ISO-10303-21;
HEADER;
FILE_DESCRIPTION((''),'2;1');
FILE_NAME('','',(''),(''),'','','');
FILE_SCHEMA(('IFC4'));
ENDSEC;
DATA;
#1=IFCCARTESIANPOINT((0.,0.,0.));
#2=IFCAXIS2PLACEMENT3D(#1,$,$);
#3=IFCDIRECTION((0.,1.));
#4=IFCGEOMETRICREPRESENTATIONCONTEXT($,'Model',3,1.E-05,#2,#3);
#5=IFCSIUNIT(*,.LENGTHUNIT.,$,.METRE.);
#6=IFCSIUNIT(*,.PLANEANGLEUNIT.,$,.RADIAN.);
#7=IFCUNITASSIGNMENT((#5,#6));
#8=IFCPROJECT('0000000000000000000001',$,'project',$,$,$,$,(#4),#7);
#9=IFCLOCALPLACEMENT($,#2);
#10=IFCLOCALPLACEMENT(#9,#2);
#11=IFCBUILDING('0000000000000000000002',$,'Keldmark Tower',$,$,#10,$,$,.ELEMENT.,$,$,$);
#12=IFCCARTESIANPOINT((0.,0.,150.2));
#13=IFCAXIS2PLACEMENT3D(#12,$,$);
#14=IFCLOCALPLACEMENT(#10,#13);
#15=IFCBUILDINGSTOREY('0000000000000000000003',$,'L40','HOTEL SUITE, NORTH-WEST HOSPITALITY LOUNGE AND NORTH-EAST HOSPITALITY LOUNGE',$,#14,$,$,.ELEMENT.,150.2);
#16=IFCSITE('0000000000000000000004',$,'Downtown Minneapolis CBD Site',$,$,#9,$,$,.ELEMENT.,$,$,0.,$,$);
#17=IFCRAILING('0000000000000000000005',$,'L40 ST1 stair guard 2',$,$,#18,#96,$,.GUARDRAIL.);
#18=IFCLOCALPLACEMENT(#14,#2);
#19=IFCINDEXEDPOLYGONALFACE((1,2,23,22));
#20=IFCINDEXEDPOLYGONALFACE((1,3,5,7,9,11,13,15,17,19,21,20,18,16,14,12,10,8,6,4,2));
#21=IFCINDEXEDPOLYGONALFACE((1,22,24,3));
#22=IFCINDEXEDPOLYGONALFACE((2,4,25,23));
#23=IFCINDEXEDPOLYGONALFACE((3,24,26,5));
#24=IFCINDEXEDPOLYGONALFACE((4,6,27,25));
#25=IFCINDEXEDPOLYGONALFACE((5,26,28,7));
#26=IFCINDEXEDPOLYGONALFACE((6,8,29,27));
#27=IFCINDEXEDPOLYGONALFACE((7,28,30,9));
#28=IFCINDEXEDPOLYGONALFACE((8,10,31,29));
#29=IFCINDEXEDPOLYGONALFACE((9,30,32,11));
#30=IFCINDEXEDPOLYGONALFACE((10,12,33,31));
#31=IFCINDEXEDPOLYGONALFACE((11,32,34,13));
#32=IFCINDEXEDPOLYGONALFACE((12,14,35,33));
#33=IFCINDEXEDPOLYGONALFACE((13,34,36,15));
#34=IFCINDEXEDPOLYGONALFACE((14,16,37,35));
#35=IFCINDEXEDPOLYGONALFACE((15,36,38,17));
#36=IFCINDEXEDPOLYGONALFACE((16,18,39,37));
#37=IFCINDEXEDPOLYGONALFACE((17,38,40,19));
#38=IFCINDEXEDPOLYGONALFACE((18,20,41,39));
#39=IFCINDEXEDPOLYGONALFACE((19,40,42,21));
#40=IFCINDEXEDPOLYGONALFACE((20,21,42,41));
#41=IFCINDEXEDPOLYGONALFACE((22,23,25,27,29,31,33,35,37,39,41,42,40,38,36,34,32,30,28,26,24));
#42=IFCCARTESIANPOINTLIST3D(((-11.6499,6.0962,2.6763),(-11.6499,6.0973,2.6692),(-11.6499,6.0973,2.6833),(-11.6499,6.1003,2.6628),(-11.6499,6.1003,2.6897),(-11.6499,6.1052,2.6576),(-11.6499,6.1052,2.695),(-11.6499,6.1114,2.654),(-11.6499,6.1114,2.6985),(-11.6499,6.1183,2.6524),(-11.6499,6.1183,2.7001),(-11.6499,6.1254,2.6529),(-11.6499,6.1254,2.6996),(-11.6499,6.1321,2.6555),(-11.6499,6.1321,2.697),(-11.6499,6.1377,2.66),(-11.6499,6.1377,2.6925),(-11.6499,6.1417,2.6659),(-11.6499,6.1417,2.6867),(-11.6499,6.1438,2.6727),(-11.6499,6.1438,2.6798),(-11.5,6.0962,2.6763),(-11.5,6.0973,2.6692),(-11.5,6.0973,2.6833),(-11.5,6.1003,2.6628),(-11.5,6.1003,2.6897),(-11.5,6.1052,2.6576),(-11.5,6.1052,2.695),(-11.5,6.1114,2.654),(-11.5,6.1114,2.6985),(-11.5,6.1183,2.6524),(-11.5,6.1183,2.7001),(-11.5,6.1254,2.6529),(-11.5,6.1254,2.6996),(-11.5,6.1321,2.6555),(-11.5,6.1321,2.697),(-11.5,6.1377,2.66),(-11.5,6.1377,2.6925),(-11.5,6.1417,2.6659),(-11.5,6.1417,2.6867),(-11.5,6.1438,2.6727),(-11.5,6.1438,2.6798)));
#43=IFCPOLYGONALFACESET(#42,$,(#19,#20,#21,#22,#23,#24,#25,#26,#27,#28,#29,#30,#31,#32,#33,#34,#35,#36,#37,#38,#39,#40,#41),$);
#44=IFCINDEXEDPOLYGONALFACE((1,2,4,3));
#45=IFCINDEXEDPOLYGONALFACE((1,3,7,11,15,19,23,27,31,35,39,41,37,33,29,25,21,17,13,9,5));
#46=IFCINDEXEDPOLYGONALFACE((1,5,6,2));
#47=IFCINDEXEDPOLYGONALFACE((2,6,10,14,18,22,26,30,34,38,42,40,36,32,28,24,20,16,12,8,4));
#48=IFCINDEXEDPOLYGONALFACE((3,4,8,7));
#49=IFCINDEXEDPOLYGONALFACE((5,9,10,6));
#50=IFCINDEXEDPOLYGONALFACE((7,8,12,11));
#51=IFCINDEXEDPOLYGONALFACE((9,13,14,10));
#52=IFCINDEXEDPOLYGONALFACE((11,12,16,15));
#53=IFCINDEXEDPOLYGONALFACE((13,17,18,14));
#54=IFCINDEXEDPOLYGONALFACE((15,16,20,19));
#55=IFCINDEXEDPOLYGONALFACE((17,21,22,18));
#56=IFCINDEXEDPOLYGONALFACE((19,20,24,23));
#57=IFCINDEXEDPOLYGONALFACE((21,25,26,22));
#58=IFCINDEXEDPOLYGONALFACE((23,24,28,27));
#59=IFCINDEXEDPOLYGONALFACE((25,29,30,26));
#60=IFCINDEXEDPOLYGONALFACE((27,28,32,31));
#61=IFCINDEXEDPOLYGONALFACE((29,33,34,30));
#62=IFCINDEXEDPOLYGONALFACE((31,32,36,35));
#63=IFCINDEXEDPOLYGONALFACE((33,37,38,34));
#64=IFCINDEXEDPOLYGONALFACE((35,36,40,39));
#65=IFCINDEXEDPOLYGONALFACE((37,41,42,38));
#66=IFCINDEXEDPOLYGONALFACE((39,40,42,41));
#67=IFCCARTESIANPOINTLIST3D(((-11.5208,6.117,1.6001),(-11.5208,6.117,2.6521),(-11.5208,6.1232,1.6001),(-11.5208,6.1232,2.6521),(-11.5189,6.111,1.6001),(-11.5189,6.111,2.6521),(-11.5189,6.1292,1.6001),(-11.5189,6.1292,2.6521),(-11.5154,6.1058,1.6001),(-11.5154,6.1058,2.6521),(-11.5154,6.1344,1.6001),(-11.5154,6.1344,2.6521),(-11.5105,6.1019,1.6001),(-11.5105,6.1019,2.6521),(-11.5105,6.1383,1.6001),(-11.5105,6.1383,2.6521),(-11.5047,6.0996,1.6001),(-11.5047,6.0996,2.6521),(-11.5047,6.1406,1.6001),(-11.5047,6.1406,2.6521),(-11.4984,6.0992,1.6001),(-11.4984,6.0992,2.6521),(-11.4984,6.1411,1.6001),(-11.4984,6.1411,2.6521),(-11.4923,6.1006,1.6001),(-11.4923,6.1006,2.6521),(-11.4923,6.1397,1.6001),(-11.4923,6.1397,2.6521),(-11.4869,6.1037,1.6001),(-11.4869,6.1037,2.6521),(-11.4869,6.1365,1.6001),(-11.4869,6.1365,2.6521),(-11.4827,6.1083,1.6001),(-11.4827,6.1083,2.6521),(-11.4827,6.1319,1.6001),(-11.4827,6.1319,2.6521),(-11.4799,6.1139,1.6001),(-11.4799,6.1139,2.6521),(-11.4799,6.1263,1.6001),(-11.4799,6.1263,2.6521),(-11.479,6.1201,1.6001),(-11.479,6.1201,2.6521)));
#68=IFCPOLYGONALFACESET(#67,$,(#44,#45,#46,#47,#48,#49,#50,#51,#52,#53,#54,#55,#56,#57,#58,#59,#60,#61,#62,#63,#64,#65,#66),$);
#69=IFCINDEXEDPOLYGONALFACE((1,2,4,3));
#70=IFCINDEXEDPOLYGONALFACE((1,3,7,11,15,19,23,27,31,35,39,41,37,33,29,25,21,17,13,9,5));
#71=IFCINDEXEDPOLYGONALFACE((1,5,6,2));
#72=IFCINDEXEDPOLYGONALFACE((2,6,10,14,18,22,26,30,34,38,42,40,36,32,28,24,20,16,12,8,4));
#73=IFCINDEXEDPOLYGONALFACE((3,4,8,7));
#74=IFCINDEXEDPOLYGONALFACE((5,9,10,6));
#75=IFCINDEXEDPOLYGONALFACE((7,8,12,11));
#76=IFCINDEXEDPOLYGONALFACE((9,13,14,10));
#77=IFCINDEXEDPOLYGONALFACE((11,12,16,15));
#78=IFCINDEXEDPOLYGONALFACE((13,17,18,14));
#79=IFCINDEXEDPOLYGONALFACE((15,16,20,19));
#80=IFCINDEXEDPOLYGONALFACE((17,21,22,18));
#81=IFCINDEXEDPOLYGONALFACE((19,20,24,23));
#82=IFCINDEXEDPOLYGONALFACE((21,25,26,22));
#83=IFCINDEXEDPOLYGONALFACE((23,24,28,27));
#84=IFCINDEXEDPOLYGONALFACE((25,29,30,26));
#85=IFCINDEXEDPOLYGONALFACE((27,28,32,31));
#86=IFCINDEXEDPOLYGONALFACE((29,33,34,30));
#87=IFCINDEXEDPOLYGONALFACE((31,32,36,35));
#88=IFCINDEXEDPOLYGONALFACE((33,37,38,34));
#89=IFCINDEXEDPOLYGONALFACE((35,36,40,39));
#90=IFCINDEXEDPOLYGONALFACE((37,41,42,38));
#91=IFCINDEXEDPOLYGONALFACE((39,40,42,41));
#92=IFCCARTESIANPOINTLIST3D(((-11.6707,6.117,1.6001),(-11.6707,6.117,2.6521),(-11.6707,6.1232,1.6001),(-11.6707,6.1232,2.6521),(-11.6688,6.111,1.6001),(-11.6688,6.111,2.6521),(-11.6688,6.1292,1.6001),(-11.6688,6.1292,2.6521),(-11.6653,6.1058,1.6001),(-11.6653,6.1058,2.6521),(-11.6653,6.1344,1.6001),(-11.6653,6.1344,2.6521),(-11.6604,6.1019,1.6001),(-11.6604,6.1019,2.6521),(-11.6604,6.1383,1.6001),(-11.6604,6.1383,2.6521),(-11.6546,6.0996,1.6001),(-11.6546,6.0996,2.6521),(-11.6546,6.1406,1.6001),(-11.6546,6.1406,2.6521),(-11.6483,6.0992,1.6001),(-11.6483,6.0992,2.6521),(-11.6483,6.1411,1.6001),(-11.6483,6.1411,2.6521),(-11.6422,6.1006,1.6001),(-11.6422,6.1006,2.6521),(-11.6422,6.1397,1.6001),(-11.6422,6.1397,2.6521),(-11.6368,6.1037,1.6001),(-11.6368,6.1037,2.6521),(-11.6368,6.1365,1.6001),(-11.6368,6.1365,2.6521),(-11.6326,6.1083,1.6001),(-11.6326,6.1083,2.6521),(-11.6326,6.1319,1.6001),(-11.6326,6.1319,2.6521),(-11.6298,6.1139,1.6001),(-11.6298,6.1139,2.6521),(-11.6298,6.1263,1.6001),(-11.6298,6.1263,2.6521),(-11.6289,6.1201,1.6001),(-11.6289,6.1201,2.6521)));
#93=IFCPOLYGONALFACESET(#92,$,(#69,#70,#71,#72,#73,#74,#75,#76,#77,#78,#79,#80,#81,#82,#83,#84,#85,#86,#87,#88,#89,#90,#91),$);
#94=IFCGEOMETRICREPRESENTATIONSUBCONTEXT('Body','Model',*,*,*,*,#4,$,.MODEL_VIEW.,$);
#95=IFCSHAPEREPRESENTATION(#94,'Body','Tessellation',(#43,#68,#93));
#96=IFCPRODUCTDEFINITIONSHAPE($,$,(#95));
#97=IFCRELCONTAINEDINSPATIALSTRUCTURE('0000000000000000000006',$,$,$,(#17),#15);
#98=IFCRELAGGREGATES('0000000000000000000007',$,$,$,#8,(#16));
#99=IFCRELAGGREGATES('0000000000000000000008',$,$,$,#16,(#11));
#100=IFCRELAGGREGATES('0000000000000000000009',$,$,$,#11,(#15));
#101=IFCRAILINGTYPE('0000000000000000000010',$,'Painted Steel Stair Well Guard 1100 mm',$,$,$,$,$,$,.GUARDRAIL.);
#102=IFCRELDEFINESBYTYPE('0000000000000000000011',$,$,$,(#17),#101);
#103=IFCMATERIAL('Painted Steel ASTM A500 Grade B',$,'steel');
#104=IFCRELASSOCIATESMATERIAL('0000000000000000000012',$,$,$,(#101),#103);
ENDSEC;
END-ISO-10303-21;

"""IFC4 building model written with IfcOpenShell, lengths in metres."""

from ifc_helpers import new_model, si_unit, direction, frame, origin, origin_2d, place, context, subcontext, project, spatial, circle, extrude, material, type_object, element, save


model = new_model("IFC4")

# Units and contexts
model_context = context("Model", 3, precision=1e-05, world=origin(), true_north=direction((0.0, 1.0)))
body_context = subcontext(model_context, "Body", "Model", "MODEL_VIEW")
ifc_project = project(units=[si_unit("LENGTHUNIT", "METRE"), si_unit("PLANEANGLEUNIT", "RADIAN")], contexts=[model_context])

# Site, building, storey
site_placement = place(None, origin())
site = spatial("IfcSite", under=ifc_project, at=site_placement, Name="Downtown Minneapolis CBD Site", CompositionType="ELEMENT", RefElevation=0.0)
building_placement = place(site_placement, origin())
building = spatial("IfcBuilding", under=site, at=building_placement, Name="Keldmark Tower", CompositionType="ELEMENT")
storey_placement = place(building_placement, frame((0.0, 0.0, 150.2)))
storey = spatial("IfcBuildingStorey", under=building, at=storey_placement, Name="L40", Description="HOTEL SUITE, NORTH-WEST HOSPITALITY LOUNGE AND NORTH-EAST HOSPITALITY LOUNGE", CompositionType="ELEMENT", Elevation=150.2)

# Railing
ifc_material_1 = material(Name="Painted Steel ASTM A500 Grade B", Category="steel")
railing_type_1 = type_object("IfcRailingType", Name="Painted Steel Stair Well Guard 1100 mm", PredefinedType="GUARDRAIL", material=ifc_material_1)
railing_1_placement = place(storey_placement, frame((-11.5, 6.1201, 1.6001)))
element("IfcRailing", 1, at=railing_1_placement, inside=storey, type_object=railing_type_1, Name="L40 ST1 stair guard 2", PredefinedType="GUARDRAIL", context=body_context, shape_type="SweptSolid", body=[
    extrude(circle(Radius=0.0239, at=origin_2d()), frame((0.0, 0.0, 1.0762), z_axis=(-1.0, 0.0, 0.0), x_axis=(0.0, -1.0, 0.0)), (0.0, 0.0, 1.0), 0.1499),
    extrude(circle(Radius=0.021, at=origin_2d()), origin(), (0.0, 0.0, 1.0), 1.052),
    extrude(circle(Radius=0.021, at=origin_2d()), frame((-0.1499, 0.0, 0.0)), (0.0, 0.0, 1.0), 1.052),
])

save(model, "model.ifc")
